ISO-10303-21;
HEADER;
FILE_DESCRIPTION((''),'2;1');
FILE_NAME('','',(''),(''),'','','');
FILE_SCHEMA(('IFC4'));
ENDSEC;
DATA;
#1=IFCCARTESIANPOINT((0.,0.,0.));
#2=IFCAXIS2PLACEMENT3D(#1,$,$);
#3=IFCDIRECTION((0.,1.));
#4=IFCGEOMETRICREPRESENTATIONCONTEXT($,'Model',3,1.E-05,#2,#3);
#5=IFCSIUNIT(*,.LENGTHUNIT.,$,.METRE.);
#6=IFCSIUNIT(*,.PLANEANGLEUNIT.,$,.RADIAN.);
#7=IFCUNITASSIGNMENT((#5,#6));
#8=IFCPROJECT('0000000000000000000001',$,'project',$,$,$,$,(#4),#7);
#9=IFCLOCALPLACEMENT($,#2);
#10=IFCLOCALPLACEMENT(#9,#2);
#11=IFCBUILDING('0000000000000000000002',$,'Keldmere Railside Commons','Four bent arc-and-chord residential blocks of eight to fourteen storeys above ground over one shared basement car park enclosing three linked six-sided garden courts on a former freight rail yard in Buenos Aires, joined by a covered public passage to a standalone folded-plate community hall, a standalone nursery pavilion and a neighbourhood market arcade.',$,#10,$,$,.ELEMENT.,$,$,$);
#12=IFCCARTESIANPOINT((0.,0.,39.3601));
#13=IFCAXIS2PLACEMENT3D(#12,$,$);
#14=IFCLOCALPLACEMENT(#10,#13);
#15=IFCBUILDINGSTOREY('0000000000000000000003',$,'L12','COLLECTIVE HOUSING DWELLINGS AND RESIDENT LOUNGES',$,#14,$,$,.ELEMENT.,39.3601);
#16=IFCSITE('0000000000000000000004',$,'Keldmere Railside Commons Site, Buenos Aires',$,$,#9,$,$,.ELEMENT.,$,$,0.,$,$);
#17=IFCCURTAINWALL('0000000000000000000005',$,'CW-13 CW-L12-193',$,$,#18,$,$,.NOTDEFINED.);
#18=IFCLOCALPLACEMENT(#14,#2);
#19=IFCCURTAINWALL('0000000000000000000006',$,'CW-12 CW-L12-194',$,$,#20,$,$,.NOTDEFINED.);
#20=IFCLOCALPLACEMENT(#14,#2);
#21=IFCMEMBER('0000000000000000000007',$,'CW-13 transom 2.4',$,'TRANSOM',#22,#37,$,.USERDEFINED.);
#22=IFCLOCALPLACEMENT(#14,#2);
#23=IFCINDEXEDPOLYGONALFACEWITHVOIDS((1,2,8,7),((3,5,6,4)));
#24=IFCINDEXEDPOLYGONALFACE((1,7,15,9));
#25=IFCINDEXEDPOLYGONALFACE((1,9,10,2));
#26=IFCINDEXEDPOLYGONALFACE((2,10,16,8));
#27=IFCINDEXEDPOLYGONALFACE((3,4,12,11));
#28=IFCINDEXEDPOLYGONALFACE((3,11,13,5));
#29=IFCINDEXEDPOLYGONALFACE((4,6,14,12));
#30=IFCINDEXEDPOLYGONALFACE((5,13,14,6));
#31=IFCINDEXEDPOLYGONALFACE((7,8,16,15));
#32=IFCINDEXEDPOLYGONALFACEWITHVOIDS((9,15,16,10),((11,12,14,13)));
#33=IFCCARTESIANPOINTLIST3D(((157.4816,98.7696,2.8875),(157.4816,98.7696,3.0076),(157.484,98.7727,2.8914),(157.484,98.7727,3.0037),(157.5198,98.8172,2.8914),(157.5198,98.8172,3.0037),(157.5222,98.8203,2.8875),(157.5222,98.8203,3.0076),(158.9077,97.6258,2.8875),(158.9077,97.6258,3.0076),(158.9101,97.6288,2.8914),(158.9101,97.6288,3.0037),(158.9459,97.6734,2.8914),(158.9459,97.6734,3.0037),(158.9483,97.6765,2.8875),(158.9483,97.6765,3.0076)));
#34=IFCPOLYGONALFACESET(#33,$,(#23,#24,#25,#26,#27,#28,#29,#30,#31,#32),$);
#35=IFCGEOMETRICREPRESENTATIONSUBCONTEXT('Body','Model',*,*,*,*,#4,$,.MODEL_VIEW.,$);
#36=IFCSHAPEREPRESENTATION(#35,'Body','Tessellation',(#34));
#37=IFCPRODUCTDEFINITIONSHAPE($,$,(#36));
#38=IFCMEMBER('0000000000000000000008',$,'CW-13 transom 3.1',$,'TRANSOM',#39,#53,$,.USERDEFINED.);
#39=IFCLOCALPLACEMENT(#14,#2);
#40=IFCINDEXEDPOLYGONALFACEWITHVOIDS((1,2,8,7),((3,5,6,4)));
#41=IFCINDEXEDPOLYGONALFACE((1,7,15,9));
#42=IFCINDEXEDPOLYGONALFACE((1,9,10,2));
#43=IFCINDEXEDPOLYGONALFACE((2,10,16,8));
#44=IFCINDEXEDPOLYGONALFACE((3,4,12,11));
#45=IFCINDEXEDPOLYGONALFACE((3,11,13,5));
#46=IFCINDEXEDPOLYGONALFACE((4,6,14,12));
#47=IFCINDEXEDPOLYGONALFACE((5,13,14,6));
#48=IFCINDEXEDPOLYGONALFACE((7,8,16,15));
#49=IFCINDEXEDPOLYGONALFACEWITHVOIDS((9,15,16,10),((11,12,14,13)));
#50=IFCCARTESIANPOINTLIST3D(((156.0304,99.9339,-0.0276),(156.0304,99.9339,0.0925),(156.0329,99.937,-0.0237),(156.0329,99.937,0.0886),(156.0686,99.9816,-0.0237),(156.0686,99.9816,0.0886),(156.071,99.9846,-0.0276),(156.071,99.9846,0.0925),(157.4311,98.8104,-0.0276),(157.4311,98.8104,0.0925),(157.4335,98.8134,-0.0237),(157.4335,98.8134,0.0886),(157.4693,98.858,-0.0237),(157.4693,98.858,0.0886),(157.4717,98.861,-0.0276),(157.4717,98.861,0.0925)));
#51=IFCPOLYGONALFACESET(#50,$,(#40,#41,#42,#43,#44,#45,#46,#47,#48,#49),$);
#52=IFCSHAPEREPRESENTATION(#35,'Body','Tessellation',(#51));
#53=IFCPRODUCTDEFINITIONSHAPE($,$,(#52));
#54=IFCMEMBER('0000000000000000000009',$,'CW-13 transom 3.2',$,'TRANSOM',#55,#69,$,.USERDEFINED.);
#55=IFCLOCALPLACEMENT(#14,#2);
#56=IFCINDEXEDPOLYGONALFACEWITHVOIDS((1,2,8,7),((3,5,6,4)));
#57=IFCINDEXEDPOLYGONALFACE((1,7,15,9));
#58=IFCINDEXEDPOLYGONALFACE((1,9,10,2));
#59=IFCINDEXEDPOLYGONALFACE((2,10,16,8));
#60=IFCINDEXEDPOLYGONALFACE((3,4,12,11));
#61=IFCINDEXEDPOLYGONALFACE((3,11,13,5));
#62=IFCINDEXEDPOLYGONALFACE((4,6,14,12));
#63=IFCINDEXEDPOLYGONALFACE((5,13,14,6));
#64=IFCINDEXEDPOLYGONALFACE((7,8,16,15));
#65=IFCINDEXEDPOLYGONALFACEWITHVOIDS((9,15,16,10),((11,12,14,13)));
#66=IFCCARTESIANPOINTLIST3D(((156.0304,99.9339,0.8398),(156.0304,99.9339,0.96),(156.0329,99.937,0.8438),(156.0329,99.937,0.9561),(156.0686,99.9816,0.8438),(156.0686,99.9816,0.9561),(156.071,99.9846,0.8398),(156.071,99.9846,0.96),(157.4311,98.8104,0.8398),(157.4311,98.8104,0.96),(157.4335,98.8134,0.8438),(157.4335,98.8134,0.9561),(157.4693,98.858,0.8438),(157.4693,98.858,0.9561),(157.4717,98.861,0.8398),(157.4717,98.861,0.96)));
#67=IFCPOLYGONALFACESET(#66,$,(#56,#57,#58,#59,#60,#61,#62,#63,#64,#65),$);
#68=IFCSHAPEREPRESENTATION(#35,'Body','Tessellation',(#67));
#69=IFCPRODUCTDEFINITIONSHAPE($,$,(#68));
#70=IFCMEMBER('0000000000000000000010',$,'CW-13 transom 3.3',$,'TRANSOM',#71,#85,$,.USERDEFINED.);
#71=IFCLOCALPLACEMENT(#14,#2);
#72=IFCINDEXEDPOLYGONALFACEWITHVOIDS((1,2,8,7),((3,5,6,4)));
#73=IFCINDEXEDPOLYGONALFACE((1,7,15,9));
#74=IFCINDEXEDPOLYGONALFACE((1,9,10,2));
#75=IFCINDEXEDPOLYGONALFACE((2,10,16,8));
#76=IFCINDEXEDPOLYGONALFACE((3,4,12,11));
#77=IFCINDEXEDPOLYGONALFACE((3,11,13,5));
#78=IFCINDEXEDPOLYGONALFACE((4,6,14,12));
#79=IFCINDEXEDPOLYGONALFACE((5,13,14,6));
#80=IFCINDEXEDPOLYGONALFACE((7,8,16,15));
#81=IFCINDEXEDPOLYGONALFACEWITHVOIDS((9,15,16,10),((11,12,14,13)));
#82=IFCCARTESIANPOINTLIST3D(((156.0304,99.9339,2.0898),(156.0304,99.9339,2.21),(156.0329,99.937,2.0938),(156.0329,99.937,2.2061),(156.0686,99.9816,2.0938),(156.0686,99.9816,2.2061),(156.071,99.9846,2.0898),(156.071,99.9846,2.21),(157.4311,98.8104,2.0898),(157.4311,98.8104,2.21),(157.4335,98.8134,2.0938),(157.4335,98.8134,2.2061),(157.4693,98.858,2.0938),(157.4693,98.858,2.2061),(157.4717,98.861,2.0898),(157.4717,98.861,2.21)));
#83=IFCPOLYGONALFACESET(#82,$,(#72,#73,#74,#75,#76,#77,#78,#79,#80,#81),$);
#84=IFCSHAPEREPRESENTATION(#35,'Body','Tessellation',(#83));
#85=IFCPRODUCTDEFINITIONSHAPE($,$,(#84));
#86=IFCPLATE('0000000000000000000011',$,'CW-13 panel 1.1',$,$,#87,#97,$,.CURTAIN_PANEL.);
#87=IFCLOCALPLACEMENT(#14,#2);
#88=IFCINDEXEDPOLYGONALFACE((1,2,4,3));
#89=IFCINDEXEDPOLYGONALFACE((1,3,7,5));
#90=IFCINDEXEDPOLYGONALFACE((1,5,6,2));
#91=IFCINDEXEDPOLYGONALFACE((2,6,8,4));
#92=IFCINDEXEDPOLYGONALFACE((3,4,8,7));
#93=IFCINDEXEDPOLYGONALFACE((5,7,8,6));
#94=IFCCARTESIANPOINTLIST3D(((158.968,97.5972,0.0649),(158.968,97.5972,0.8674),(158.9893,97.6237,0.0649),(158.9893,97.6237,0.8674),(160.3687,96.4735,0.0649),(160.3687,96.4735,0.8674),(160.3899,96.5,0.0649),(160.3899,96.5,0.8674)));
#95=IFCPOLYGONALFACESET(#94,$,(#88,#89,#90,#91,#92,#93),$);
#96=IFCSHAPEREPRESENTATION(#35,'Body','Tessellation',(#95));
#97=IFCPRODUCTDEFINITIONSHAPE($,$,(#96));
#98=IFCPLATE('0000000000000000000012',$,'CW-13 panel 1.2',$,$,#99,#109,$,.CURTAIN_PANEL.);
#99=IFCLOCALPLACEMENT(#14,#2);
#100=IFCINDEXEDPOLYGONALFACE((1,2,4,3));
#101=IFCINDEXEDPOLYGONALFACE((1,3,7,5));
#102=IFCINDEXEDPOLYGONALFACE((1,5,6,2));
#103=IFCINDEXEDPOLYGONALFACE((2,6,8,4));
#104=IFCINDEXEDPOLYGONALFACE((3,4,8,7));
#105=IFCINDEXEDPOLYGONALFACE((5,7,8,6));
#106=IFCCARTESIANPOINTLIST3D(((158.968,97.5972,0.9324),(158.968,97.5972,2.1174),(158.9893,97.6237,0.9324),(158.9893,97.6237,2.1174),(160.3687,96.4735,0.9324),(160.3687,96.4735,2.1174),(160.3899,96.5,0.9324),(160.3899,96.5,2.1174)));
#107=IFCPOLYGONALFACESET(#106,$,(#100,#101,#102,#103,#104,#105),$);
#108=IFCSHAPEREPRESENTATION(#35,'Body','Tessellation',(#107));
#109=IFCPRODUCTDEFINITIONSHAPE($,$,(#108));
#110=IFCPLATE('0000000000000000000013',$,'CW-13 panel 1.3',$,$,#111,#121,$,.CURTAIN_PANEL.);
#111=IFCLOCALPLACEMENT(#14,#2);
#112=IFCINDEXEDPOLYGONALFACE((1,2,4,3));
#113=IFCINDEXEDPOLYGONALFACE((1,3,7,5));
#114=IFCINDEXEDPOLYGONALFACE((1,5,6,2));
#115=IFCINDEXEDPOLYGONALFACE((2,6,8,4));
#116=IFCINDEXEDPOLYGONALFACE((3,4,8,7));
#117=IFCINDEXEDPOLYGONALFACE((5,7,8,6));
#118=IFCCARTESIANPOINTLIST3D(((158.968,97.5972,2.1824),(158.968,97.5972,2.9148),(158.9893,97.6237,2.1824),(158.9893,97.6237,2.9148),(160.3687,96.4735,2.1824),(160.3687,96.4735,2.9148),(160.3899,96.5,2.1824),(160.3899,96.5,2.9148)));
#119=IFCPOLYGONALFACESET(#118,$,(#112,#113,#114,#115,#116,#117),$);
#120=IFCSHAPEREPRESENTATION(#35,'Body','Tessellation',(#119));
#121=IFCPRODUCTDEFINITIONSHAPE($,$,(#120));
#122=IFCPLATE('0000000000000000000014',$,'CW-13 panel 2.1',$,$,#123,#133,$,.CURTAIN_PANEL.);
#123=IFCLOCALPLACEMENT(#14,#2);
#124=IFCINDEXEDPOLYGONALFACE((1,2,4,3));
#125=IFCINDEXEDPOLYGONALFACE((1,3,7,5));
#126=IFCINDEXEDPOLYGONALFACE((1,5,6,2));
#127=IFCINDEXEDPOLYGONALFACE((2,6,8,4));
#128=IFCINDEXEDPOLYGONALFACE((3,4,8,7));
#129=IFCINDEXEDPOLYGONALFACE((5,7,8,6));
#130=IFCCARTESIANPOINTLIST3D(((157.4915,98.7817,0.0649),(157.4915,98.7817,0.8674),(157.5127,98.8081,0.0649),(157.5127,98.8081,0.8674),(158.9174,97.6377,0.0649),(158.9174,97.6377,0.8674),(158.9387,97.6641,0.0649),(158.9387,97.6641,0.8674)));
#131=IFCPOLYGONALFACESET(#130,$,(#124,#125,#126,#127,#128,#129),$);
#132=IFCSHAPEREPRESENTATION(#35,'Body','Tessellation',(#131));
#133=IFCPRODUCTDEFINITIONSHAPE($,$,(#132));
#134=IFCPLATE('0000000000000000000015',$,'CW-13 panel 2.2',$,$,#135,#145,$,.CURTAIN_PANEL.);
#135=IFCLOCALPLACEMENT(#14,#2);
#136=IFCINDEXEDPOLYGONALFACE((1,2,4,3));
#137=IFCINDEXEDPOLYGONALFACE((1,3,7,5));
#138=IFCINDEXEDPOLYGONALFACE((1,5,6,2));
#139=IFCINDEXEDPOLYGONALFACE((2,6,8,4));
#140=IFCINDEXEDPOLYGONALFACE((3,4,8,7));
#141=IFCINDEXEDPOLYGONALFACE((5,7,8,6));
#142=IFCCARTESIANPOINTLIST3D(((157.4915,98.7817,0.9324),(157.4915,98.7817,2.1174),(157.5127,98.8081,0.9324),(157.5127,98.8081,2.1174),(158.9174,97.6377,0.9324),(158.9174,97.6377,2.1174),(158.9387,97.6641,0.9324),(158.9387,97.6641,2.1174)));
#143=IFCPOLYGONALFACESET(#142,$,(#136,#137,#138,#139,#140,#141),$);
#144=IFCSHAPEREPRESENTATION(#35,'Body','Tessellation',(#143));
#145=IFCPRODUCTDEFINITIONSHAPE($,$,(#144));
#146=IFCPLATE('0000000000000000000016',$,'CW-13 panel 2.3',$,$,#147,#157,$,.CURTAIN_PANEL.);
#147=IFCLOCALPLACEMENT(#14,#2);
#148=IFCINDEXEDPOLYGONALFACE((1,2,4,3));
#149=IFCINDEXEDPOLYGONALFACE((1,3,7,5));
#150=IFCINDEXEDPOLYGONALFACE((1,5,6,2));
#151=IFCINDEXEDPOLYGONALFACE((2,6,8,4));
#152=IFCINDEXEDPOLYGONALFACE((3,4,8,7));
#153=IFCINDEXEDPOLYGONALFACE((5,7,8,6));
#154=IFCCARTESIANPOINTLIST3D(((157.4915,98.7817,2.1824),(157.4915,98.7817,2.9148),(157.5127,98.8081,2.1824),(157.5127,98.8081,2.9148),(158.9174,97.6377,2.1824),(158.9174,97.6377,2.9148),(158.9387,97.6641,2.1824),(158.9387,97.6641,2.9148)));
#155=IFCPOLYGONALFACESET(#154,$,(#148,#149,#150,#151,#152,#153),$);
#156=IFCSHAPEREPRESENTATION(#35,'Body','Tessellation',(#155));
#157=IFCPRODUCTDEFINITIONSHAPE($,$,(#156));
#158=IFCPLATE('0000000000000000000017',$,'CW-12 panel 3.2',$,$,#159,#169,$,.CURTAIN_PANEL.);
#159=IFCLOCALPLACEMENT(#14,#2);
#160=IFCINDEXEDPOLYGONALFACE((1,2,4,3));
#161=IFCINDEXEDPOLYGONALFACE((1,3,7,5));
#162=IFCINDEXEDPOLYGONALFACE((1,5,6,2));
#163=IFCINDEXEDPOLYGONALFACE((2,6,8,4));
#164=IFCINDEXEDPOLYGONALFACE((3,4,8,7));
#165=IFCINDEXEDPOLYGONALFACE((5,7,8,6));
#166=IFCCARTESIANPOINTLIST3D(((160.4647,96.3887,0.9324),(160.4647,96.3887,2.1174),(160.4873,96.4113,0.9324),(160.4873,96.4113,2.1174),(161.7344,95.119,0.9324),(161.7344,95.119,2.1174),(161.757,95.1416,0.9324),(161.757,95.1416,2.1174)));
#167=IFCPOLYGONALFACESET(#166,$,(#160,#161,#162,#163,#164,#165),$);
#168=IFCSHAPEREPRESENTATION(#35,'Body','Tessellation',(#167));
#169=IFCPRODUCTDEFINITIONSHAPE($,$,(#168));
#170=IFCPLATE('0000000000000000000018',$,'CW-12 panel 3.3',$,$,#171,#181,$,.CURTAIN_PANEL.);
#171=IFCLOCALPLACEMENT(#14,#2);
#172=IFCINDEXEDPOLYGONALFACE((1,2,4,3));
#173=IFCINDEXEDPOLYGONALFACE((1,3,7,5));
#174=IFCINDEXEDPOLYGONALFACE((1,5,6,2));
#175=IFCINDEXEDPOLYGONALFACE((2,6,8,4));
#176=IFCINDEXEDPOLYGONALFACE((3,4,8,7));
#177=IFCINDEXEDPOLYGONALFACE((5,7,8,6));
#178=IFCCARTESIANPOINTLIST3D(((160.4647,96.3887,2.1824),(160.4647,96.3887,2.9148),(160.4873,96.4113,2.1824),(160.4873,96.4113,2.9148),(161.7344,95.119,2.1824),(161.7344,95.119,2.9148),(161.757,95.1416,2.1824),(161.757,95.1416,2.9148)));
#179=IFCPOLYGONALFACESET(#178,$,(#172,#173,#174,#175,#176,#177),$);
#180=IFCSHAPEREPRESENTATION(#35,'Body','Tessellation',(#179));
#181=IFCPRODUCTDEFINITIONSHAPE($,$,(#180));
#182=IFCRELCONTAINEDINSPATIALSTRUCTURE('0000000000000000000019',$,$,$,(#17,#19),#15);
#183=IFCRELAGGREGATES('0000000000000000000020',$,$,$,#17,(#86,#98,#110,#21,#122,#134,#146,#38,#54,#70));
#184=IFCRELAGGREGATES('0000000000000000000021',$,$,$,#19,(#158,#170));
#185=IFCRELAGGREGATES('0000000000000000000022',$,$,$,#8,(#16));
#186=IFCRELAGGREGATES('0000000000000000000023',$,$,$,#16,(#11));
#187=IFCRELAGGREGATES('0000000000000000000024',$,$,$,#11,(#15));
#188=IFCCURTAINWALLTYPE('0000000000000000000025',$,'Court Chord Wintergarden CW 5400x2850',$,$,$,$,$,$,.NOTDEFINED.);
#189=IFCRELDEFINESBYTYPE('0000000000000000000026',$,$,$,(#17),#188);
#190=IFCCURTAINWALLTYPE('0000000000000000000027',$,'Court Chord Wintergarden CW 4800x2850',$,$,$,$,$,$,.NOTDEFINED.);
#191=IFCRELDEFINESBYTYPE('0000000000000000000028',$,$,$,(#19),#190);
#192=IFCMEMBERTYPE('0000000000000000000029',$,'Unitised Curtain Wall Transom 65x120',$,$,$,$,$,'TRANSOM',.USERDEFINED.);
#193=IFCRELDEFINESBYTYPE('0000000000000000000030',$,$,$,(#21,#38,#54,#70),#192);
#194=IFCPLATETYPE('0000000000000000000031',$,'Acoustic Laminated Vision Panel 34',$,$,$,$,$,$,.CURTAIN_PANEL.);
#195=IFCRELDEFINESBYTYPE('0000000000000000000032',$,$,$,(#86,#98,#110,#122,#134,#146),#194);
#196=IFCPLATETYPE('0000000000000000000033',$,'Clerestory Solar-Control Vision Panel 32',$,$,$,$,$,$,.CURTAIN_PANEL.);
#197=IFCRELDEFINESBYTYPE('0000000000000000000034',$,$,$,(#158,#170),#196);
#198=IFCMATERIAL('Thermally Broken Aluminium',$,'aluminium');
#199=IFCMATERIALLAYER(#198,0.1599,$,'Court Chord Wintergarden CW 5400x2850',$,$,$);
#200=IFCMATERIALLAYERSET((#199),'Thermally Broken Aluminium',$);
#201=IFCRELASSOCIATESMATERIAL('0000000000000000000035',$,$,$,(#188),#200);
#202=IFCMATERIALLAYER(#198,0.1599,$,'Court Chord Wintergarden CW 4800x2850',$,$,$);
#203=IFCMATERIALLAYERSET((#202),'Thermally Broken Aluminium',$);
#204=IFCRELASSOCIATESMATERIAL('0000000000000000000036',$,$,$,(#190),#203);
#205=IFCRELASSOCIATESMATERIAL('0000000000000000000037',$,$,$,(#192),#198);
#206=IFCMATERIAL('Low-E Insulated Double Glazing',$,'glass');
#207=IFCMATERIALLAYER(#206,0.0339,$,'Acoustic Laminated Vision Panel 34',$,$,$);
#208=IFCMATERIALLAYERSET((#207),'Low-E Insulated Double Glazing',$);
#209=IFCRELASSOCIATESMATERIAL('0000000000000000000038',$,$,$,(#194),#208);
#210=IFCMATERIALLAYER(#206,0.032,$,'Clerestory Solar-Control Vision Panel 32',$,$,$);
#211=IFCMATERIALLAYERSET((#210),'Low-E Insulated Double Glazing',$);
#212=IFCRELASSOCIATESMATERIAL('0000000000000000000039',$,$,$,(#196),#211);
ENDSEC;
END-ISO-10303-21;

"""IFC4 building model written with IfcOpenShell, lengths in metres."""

from ifc_helpers import new_model, si_unit, direction, frame, origin, origin_2d, place, context, subcontext, project, spatial, rectangle, hollow_rectangle, extrude, material, layer, layer_set, material_profile, profile_set, type_object, element, aggregate, save


model = new_model("IFC4")

# Units and contexts
model_context = context("Model", 3, precision=1e-05, world=origin(), true_north=direction((0.0, 1.0)))
body_context = subcontext(model_context, "Body", "Model", "MODEL_VIEW")
ifc_project = project(units=[si_unit("LENGTHUNIT", "METRE"), si_unit("PLANEANGLEUNIT", "RADIAN")], contexts=[model_context])

# Site, building, storey
site_placement = place(None, origin())
site = spatial("IfcSite", under=ifc_project, at=site_placement, Name="Keldmere Railside Commons Site, Buenos Aires", CompositionType="ELEMENT", RefElevation=0.0)
building_placement = place(site_placement, origin())
building = spatial("IfcBuilding", under=site, at=building_placement, Name="Keldmere Railside Commons", Description="Four bent arc-and-chord residential blocks of eight to fourteen storeys above ground over one shared basement car park enclosing three linked six-sided garden courts on a former freight rail yard in Buenos Aires, joined by a covered public passage to a standalone folded-plate community hall, a standalone nursery pavilion and a neighbourhood market arcade.", CompositionType="ELEMENT")
storey_placement = place(building_placement, frame((0.0, 0.0, 39.3601)))
storey = spatial("IfcBuildingStorey", under=building, at=storey_placement, Name="L12", Description="COLLECTIVE HOUSING DWELLINGS AND RESIDENT LOUNGES", CompositionType="ELEMENT", Elevation=39.3601)

# Curtain wall
ifc_material_1 = material(Name="Thermally Broken Aluminium", Category="aluminium")
ifc_layer_1 = layer(ifc_material_1, 0.1599, Name="Court Chord Wintergarden CW 5400x2850")
ifc_layer_set_1 = layer_set([ifc_layer_1], Name="Thermally Broken Aluminium")
curtain_wall_type_1 = type_object("IfcCurtainWallType", Name="Court Chord Wintergarden CW 5400x2850", PredefinedType="NOTDEFINED", material=ifc_layer_set_1)
curtain_wall_1_placement = place(storey_placement, origin())
curtain_wall_1 = element("IfcCurtainWall", 1, at=curtain_wall_1_placement, inside=storey, type_object=curtain_wall_type_1, Name="CW-13 CW-L12-193", PredefinedType="NOTDEFINED")

# Curtain wall
ifc_layer_2 = layer(ifc_material_1, 0.1599, Name="Court Chord Wintergarden CW 4800x2850")
ifc_layer_set_2 = layer_set([ifc_layer_2], Name="Thermally Broken Aluminium")
curtain_wall_type_2 = type_object("IfcCurtainWallType", Name="Court Chord Wintergarden CW 4800x2850", PredefinedType="NOTDEFINED", material=ifc_layer_set_2)
curtain_wall_2_placement = place(storey_placement, origin())
curtain_wall_2 = element("IfcCurtainWall", 2, at=curtain_wall_2_placement, inside=storey, type_object=curtain_wall_type_2, Name="CW-12 CW-L12-194", PredefinedType="NOTDEFINED")

# Members
ifc_material_profile_1 = material_profile(ifc_material_1, hollow_rectangle(XDim=0.0649, YDim=0.1201, WallThickness=0.0039, at=origin_2d()), Name="ALU-TRAN-65x120")
ifc_profile_set_1 = profile_set([ifc_material_profile_1], Name="Thermally Broken Aluminium")
member_type_1 = type_object("IfcMemberType", Name="Unitised Curtain Wall Transom 65x120", ElementType="TRANSOM", PredefinedType="USERDEFINED", material=ifc_profile_set_1)
member_1_placement = place(storey_placement, frame((158.928, 97.6511, 2.9475), z_axis=(-0.780073, 0.625688, 0.0), x_axis=(-0.625688, -0.780073, 0.0)))
member_1 = element("IfcMember", 3, at=member_1_placement, type_object=member_type_1, Name="CW-13 transom 2.4", ObjectType="TRANSOM", PredefinedType="USERDEFINED", context=body_context, shape_type="SweptSolid", body=[
    extrude(hollow_rectangle(XDim=0.0649, YDim=0.1201, WallThickness=0.0039, at=origin_2d()), origin(), (0.0, 0.0, 1.0), 1.8281),
])
member_2_placement = place(storey_placement, frame((157.4514, 98.8357, 0.0325), z_axis=(-0.780046, 0.625723, 0.0), x_axis=(-0.625723, -0.780046, 0.0)))
member_2 = element("IfcMember", 4, at=member_2_placement, type_object=member_type_1, Name="CW-13 transom 3.1", ObjectType="TRANSOM", PredefinedType="USERDEFINED", context=body_context, shape_type="SweptSolid", body=[
    extrude(hollow_rectangle(XDim=0.0649, YDim=0.1201, WallThickness=0.0039, at=origin_2d()), origin(), (0.0, 0.0, 1.0), 1.7957),
])
member_3_placement = place(storey_placement, frame((157.4514, 98.8357, 0.8999), z_axis=(-0.780046, 0.625723, 0.0), x_axis=(-0.625723, -0.780046, 0.0)))
member_3 = element("IfcMember", 5, at=member_3_placement, type_object=member_type_1, Name="CW-13 transom 3.2", ObjectType="TRANSOM", PredefinedType="USERDEFINED", context=body_context, shape_type="SweptSolid", body=[
    extrude(hollow_rectangle(XDim=0.0649, YDim=0.1201, WallThickness=0.0039, at=origin_2d()), origin(), (0.0, 0.0, 1.0), 1.7957),
])
member_4_placement = place(storey_placement, frame((157.4514, 98.8357, 2.1499), z_axis=(-0.780046, 0.625723, 0.0), x_axis=(-0.625723, -0.780046, 0.0)))
member_4 = element("IfcMember", 6, at=member_4_placement, type_object=member_type_1, Name="CW-13 transom 3.3", ObjectType="TRANSOM", PredefinedType="USERDEFINED", context=body_context, shape_type="SweptSolid", body=[
    extrude(hollow_rectangle(XDim=0.0649, YDim=0.1201, WallThickness=0.0039, at=origin_2d()), origin(), (0.0, 0.0, 1.0), 1.7957),
])

# Plates
ifc_material_2 = material(Name="Low-E Insulated Double Glazing", Category="glass")
ifc_layer_3 = layer(ifc_material_2, 0.0339, Name="Acoustic Laminated Vision Panel 34")
ifc_layer_set_3 = layer_set([ifc_layer_3], Name="Low-E Insulated Double Glazing")
plate_type_1 = type_object("IfcPlateType", Name="Acoustic Laminated Vision Panel 34", PredefinedType="CURTAIN_PANEL", material=ifc_layer_set_3)
plate_1_placement = place(storey_placement, frame((159.679, 97.0486, 0.0649), z_axis=(0.0, 0.0, 1.0), x_axis=(-0.780009, 0.625768, 0.0)))
plate_1 = element("IfcPlate", 7, at=plate_1_placement, type_object=plate_type_1, Name="CW-13 panel 1.1", PredefinedType="CURTAIN_PANEL", context=body_context, shape_type="SweptSolid", body=[
    extrude(rectangle(XDim=1.7957, YDim=0.0339, at=origin_2d()), origin(), (0.0, 0.0, 1.0), 0.8025),
])
plate_2_placement = place(storey_placement, frame((159.679, 97.0486, 0.9324), z_axis=(0.0, 0.0, 1.0), x_axis=(-0.780009, 0.625768, 0.0)))
plate_2 = element("IfcPlate", 8, at=plate_2_placement, type_object=plate_type_1, Name="CW-13 panel 1.2", PredefinedType="CURTAIN_PANEL", context=body_context, shape_type="SweptSolid", body=[
    extrude(rectangle(XDim=1.7957, YDim=0.0339, at=origin_2d()), origin(), (0.0, 0.0, 1.0), 1.1851),
])
plate_3_placement = place(storey_placement, frame((159.679, 97.0486, 2.1824), z_axis=(0.0, 0.0, 1.0), x_axis=(-0.780009, 0.625768, 0.0)))
plate_3 = element("IfcPlate", 9, at=plate_3_placement, type_object=plate_type_1, Name="CW-13 panel 1.3", PredefinedType="CURTAIN_PANEL", context=body_context, shape_type="SweptSolid", body=[
    extrude(rectangle(XDim=1.7957, YDim=0.0339, at=origin_2d()), origin(), (0.0, 0.0, 1.0), 0.7324),
])
plate_4_placement = place(storey_placement, frame((158.2151, 98.2229, 0.0649), z_axis=(0.0, 0.0, 1.0), x_axis=(-0.780009, 0.625768, 0.0)))
plate_4 = element("IfcPlate", 10, at=plate_4_placement, type_object=plate_type_1, Name="CW-13 panel 2.1", PredefinedType="CURTAIN_PANEL", context=body_context, shape_type="SweptSolid", body=[
    extrude(rectangle(XDim=1.8281, YDim=0.0339, at=origin_2d()), origin(), (0.0, 0.0, 1.0), 0.8025),
])
plate_5_placement = place(storey_placement, frame((158.2151, 98.2229, 0.9324), z_axis=(0.0, 0.0, 1.0), x_axis=(-0.780009, 0.625768, 0.0)))
plate_5 = element("IfcPlate", 11, at=plate_5_placement, type_object=plate_type_1, Name="CW-13 panel 2.2", PredefinedType="CURTAIN_PANEL", context=body_context, shape_type="SweptSolid", body=[
    extrude(rectangle(XDim=1.8281, YDim=0.0339, at=origin_2d()), origin(), (0.0, 0.0, 1.0), 1.1851),
])
plate_6_placement = place(storey_placement, frame((158.2151, 98.2229, 2.1824), z_axis=(0.0, 0.0, 1.0), x_axis=(-0.780009, 0.625768, 0.0)))
plate_6 = element("IfcPlate", 12, at=plate_6_placement, type_object=plate_type_1, Name="CW-13 panel 2.3", PredefinedType="CURTAIN_PANEL", context=body_context, shape_type="SweptSolid", body=[
    extrude(rectangle(XDim=1.8281, YDim=0.0339, at=origin_2d()), origin(), (0.0, 0.0, 1.0), 0.7324),
])
aggregate(curtain_wall_1, [plate_1, plate_2, plate_3, member_1, plate_4, plate_5, plate_6, member_2, member_3, member_4])
ifc_layer_4 = layer(ifc_material_2, 0.032, Name="Clerestory Solar-Control Vision Panel 32")
ifc_layer_set_4 = layer_set([ifc_layer_4], Name="Low-E Insulated Double Glazing")
plate_type_2 = type_object("IfcPlateType", Name="Clerestory Solar-Control Vision Panel 32", PredefinedType="CURTAIN_PANEL", material=ifc_layer_set_4)
plate_7_placement = place(storey_placement, frame((161.1108, 95.7651, 0.9324), z_axis=(0.0, 0.0, 1.0), x_axis=(-0.707107, 0.707107, 0.0)))
plate_7 = element("IfcPlate", 13, at=plate_7_placement, type_object=plate_type_2, Name="CW-12 panel 3.2", PredefinedType="CURTAIN_PANEL", context=body_context, shape_type="SweptSolid", body=[
    extrude(rectangle(XDim=1.7957, YDim=0.032, at=origin_2d()), origin(), (0.0, 0.0, 1.0), 1.1851),
])
plate_8_placement = place(storey_placement, frame((161.1108, 95.7651, 2.1824), z_axis=(0.0, 0.0, 1.0), x_axis=(-0.707107, 0.707107, 0.0)))
plate_8 = element("IfcPlate", 14, at=plate_8_placement, type_object=plate_type_2, Name="CW-12 panel 3.3", PredefinedType="CURTAIN_PANEL", context=body_context, shape_type="SweptSolid", body=[
    extrude(rectangle(XDim=1.7957, YDim=0.032, at=origin_2d()), origin(), (0.0, 0.0, 1.0), 0.7324),
])
aggregate(curtain_wall_2, [plate_7, plate_8])

save(model, "model.ifc")
